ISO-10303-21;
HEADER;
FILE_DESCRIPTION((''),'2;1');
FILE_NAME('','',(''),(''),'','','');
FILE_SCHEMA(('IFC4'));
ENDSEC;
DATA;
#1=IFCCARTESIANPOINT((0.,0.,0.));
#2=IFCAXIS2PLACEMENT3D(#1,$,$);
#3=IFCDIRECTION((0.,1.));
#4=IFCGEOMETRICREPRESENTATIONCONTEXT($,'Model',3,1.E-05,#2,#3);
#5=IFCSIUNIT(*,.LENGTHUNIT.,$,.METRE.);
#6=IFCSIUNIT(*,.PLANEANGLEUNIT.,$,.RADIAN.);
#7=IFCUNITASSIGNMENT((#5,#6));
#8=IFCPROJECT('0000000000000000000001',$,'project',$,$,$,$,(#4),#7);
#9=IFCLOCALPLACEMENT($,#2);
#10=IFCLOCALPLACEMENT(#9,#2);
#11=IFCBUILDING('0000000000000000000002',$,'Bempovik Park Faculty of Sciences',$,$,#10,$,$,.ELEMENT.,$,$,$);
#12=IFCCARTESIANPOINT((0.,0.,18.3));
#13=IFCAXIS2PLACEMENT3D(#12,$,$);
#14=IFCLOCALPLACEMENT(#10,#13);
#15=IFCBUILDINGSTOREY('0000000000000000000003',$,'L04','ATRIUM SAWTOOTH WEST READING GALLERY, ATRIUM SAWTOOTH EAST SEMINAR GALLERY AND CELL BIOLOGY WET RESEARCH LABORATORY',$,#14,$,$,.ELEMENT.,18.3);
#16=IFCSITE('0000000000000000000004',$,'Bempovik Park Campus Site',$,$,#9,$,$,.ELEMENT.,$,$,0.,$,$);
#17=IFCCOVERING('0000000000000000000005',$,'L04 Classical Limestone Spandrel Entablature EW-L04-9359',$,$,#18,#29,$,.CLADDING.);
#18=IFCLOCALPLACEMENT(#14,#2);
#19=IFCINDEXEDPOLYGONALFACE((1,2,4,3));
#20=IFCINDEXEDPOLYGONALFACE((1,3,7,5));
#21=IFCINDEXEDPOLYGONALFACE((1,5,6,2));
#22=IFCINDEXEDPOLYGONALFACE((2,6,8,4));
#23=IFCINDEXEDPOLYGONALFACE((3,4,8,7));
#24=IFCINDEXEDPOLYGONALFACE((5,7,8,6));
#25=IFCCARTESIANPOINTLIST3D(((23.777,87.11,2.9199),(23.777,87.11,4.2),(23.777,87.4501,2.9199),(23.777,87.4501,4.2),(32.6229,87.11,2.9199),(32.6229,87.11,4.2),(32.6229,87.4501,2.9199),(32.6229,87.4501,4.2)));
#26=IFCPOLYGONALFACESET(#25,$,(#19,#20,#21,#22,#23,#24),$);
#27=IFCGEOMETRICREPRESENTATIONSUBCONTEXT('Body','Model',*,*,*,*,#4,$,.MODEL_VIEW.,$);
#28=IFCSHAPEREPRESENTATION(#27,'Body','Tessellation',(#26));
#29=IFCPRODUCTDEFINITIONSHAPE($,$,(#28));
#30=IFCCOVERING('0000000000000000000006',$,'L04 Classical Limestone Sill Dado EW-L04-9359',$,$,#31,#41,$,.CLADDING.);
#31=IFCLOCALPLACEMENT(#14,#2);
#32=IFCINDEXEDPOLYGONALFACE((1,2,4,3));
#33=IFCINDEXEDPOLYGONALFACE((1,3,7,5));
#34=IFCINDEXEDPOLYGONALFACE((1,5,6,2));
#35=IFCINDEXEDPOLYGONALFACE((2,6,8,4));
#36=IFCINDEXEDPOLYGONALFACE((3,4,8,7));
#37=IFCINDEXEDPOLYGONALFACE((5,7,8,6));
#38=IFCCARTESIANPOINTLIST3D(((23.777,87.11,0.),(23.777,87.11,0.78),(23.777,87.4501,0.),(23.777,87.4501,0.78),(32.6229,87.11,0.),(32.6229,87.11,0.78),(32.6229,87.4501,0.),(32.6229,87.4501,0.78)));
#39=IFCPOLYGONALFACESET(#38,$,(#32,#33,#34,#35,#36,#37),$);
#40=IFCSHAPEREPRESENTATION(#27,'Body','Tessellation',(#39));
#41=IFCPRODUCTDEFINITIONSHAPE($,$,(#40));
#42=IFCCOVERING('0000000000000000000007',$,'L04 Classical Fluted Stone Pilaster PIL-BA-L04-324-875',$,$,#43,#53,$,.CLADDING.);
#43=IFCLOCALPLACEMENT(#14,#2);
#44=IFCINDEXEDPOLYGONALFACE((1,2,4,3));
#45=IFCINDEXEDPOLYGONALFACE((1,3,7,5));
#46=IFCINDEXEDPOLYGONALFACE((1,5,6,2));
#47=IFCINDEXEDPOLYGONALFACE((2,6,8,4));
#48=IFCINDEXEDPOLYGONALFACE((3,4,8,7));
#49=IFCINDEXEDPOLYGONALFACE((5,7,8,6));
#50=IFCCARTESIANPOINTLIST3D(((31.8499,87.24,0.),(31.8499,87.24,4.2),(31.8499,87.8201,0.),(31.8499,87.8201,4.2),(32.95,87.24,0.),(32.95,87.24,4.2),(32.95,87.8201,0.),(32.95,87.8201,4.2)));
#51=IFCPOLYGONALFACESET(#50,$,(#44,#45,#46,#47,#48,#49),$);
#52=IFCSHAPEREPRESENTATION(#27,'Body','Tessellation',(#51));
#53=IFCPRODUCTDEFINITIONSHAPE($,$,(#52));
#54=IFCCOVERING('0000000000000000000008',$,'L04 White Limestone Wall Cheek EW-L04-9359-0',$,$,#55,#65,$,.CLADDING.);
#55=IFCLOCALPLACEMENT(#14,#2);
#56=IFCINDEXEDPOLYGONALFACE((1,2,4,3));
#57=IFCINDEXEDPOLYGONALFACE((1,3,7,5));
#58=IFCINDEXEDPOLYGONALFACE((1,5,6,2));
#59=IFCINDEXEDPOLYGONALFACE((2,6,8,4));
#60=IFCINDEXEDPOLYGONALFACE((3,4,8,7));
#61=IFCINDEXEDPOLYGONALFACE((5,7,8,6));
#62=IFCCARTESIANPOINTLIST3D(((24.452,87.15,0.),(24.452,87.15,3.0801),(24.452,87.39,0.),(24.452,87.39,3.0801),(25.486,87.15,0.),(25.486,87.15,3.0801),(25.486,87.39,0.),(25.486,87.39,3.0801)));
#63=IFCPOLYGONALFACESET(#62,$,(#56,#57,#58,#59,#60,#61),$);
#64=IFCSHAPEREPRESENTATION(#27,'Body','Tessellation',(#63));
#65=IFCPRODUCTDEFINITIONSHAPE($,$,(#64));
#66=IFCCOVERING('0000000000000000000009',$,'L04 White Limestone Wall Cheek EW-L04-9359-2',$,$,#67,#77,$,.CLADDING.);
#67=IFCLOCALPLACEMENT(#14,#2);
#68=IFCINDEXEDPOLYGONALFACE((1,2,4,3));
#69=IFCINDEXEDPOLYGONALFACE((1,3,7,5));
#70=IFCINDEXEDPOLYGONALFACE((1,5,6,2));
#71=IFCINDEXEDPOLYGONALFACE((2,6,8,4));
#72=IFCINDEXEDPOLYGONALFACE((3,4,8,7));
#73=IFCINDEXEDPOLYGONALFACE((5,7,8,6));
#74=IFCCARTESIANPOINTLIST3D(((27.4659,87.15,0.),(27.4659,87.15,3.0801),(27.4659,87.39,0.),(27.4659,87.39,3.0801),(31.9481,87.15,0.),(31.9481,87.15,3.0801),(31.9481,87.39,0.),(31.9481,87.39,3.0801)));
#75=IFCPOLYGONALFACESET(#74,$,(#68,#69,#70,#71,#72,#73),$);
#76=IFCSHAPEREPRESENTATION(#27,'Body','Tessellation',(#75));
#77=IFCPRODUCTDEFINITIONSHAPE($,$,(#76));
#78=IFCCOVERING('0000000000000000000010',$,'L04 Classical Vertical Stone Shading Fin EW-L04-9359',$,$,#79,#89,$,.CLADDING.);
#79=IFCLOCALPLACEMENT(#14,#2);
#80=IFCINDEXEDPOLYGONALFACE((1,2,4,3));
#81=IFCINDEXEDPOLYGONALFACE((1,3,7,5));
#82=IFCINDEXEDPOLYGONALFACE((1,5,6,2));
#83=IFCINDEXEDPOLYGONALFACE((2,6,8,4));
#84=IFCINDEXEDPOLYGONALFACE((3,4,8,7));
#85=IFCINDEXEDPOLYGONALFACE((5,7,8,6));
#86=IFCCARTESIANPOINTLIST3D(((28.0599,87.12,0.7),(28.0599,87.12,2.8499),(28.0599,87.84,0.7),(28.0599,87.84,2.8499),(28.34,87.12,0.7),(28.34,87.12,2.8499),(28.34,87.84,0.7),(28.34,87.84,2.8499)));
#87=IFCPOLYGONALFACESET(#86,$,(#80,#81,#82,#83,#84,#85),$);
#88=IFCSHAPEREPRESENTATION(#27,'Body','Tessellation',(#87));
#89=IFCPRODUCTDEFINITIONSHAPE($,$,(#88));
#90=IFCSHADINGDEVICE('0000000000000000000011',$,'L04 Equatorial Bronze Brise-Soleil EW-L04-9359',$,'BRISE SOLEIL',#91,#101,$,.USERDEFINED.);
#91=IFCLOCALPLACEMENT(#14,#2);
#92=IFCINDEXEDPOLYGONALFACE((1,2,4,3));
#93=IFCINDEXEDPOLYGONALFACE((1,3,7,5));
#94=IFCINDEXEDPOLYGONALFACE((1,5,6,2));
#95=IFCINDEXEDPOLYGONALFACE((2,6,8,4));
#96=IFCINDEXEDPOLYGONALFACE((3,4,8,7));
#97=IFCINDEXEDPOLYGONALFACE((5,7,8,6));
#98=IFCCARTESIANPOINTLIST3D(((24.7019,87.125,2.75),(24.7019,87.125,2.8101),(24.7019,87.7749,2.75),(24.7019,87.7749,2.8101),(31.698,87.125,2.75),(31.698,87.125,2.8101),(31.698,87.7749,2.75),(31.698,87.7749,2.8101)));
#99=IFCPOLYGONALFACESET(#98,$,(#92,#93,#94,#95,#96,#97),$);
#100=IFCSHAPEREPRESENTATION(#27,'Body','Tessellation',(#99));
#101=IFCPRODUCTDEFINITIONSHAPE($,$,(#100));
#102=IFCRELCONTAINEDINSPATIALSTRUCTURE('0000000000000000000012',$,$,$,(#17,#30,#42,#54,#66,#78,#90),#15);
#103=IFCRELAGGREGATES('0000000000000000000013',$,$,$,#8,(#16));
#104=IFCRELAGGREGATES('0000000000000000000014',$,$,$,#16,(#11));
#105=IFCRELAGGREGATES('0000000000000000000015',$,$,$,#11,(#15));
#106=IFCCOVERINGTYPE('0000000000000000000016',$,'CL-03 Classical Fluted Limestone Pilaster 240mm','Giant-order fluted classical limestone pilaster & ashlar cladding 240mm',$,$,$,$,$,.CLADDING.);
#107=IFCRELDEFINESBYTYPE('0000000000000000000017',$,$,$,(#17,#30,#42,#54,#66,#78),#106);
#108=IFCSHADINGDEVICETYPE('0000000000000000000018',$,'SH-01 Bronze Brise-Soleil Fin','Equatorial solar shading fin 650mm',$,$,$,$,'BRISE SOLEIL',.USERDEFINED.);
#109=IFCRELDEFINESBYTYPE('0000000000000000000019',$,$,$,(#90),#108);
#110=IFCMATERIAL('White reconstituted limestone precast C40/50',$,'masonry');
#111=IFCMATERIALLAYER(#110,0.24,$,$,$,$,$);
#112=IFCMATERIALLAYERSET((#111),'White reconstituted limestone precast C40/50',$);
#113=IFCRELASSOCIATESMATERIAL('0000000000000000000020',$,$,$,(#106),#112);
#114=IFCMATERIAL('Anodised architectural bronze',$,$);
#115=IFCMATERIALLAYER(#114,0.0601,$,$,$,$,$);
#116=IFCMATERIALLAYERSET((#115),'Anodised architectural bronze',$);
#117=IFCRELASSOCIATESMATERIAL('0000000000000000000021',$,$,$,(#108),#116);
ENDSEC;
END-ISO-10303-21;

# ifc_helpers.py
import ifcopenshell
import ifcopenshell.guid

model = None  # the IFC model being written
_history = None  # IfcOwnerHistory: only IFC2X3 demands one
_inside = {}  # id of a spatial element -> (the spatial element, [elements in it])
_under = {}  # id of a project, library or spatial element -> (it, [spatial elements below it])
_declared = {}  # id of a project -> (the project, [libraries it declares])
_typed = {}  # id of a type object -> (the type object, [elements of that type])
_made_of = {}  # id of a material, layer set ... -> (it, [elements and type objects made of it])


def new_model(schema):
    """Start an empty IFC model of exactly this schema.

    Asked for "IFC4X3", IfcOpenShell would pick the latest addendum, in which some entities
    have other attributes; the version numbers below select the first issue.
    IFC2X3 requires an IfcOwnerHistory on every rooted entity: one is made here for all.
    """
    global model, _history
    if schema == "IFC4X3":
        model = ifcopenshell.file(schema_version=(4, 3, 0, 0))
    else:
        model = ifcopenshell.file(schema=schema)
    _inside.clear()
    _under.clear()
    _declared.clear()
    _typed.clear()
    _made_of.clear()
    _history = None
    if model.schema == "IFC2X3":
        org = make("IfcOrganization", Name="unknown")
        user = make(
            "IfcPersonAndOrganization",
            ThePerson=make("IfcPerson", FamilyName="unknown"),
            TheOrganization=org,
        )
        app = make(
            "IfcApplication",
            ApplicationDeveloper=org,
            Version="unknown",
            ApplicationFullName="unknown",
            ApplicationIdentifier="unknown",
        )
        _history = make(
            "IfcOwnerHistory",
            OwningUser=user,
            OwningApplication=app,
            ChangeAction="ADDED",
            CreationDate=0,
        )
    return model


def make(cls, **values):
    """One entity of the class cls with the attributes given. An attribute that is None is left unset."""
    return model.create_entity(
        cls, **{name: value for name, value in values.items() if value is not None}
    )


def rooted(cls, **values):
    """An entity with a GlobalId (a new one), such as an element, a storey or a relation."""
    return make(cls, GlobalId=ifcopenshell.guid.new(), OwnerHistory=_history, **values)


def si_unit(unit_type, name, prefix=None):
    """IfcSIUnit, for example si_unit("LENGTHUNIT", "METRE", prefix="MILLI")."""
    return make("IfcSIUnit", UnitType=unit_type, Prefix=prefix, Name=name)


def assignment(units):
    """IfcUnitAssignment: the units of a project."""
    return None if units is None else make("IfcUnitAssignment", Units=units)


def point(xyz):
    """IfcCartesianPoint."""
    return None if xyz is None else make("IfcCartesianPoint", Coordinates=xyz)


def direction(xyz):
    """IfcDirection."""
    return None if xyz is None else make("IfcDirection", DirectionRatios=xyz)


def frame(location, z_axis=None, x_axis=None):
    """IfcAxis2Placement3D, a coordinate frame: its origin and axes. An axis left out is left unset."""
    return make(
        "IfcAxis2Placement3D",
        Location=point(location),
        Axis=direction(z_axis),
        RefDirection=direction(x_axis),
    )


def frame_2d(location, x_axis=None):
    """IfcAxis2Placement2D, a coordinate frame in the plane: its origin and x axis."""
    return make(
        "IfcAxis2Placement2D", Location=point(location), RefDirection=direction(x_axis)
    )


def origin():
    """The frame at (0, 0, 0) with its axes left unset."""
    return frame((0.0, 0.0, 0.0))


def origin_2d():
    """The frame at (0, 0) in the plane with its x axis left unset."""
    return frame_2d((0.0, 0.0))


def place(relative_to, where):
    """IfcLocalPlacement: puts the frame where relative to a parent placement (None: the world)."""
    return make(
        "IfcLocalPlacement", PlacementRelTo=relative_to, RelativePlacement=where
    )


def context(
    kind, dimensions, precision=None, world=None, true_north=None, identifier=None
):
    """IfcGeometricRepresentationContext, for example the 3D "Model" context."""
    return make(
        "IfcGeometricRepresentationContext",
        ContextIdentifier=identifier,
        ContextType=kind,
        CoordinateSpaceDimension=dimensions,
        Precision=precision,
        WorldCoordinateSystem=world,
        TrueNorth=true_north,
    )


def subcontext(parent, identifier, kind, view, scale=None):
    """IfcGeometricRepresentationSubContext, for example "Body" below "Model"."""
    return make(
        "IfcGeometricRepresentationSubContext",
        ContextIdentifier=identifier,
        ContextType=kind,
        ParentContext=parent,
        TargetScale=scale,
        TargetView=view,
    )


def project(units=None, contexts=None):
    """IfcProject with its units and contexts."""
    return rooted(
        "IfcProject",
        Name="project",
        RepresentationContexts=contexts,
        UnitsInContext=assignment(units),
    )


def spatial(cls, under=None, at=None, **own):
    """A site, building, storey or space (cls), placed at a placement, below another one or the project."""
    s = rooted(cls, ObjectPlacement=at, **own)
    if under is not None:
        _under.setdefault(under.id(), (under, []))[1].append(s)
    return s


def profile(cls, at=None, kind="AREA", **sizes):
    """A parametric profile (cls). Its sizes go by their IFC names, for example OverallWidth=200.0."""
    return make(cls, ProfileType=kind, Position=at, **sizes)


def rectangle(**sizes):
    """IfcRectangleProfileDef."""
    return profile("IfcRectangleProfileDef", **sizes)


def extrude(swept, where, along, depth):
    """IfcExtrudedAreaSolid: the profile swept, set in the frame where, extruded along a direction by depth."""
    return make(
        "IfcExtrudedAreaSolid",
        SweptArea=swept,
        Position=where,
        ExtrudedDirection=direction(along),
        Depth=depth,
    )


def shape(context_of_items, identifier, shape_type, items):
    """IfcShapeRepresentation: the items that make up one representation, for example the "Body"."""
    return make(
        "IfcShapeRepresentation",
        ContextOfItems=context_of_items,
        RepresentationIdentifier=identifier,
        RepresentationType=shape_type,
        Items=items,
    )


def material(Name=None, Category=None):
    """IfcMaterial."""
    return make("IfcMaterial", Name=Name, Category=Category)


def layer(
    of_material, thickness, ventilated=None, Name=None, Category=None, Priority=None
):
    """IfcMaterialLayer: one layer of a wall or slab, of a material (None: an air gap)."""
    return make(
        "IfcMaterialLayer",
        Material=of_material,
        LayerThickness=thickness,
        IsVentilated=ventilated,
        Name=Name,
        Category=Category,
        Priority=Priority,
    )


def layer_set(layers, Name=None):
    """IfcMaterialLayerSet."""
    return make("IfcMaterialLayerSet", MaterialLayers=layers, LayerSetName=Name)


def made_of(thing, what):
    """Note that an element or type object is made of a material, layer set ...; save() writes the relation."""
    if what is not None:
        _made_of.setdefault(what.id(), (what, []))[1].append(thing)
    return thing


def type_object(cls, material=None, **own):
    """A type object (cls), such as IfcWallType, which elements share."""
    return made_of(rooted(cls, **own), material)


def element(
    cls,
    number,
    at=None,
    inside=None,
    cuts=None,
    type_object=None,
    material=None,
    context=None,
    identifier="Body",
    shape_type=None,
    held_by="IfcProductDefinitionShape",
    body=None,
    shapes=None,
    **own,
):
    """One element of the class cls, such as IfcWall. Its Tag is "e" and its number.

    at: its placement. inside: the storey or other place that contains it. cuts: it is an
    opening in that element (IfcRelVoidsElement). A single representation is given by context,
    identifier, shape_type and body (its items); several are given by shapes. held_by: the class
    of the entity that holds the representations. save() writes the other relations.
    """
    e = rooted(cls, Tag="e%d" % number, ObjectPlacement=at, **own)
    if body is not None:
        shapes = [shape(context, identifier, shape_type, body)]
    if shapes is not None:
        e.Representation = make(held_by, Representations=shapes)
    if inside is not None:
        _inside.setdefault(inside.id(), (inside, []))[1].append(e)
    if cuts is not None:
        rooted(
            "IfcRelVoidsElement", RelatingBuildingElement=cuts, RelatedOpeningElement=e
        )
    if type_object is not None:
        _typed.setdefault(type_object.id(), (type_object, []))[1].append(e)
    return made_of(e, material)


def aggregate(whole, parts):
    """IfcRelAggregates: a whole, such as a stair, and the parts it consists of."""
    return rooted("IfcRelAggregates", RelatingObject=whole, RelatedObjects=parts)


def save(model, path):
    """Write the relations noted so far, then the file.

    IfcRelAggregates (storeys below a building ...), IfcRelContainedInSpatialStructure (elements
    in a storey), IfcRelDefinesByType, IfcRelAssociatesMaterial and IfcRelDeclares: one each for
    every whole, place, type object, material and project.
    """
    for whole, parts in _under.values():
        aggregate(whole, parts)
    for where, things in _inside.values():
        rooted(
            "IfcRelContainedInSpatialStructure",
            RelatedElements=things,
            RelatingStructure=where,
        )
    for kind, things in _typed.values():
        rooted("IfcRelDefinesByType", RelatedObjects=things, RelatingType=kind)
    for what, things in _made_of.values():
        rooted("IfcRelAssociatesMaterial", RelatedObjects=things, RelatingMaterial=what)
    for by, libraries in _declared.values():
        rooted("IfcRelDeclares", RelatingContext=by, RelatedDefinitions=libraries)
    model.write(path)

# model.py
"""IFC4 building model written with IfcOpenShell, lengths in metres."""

from ifc_helpers import new_model, si_unit, direction, frame, origin, origin_2d, place, context, subcontext, project, spatial, rectangle, extrude, material, layer, layer_set, type_object, element, save


model = new_model("IFC4")

# Units and contexts
model_context = context("Model", 3, precision=1e-05, world=origin(), true_north=direction((0.0, 1.0)))
body_context = subcontext(model_context, "Body", "Model", "MODEL_VIEW")
ifc_project = project(units=[si_unit("LENGTHUNIT", "METRE"), si_unit("PLANEANGLEUNIT", "RADIAN")], contexts=[model_context])

# Site, building, storey
site_placement = place(None, origin())
site = spatial("IfcSite", under=ifc_project, at=site_placement, Name="Bempovik Park Campus Site", CompositionType="ELEMENT", RefElevation=0.0)
building_placement = place(site_placement, origin())
building = spatial("IfcBuilding", under=site, at=building_placement, Name="Bempovik Park Faculty of Sciences", CompositionType="ELEMENT")
storey_placement = place(building_placement, frame((0.0, 0.0, 18.3)))
storey = spatial("IfcBuildingStorey", under=building, at=storey_placement, Name="L04", Description="ATRIUM SAWTOOTH WEST READING GALLERY, ATRIUM SAWTOOTH EAST SEMINAR GALLERY AND CELL BIOLOGY WET RESEARCH LABORATORY", CompositionType="ELEMENT", Elevation=18.3)

# Coverings
ifc_material_1 = material(Name="White reconstituted limestone precast C40/50", Category="masonry")
ifc_layer_1 = layer(ifc_material_1, 0.24)
ifc_layer_set_1 = layer_set([ifc_layer_1], Name="White reconstituted limestone precast C40/50")
covering_type_1 = type_object("IfcCoveringType", Name="CL-03 Classical Fluted Limestone Pilaster 240mm", Description="Giant-order fluted classical limestone pilaster & ashlar cladding 240mm", PredefinedType="CLADDING", material=ifc_layer_set_1)
covering_1_placement = place(storey_placement, frame((28.2, 87.28, 2.9199), z_axis=(0.0, 0.0, 1.0), x_axis=(1.0, 0.0, 0.0)))
element("IfcCovering", 1, at=covering_1_placement, inside=storey, type_object=covering_type_1, Name="L04 Classical Limestone Spandrel Entablature EW-L04-9359", PredefinedType="CLADDING", context=body_context, shape_type="SweptSolid", body=[
    extrude(rectangle(XDim=8.8459, YDim=0.3401, at=origin_2d()), origin(), (0.0, 0.0, 1.0), 1.28),
])
covering_2_placement = place(storey_placement, frame((28.2, 87.28, 0.0), z_axis=(0.0, 0.0, 1.0), x_axis=(1.0, 0.0, 0.0)))
element("IfcCovering", 2, at=covering_2_placement, inside=storey, type_object=covering_type_1, Name="L04 Classical Limestone Sill Dado EW-L04-9359", PredefinedType="CLADDING", context=body_context, shape_type="SweptSolid", body=[
    extrude(rectangle(XDim=8.8459, YDim=0.3401, at=origin_2d()), origin(), (0.0, 0.0, 1.0), 0.78),
])
covering_3_placement = place(storey_placement, frame((32.3999, 87.53, 0.0), z_axis=(0.0, 0.0, 1.0), x_axis=(1.0, 0.0, 0.0)))
element("IfcCovering", 3, at=covering_3_placement, inside=storey, type_object=covering_type_1, Name="L04 Classical Fluted Stone Pilaster PIL-BA-L04-324-875", PredefinedType="CLADDING", context=body_context, shape_type="SweptSolid", body=[
    extrude(rectangle(XDim=1.1001, YDim=0.5801, at=origin_2d()), origin(), (0.0, 0.0, 1.0), 4.2),
])
covering_4_placement = place(storey_placement, frame((24.969, 87.27, 0.0), z_axis=(0.0, 0.0, 1.0), x_axis=(1.0, 0.0, 0.0)))
element("IfcCovering", 4, at=covering_4_placement, inside=storey, type_object=covering_type_1, Name="L04 White Limestone Wall Cheek EW-L04-9359-0", PredefinedType="CLADDING", context=body_context, shape_type="SweptSolid", body=[
    extrude(rectangle(XDim=1.0339, YDim=0.24, at=origin_2d()), origin(), (0.0, 0.0, 1.0), 3.0801),
])
covering_5_placement = place(storey_placement, frame((29.707, 87.27, 0.0), z_axis=(0.0, 0.0, 1.0), x_axis=(1.0, 0.0, 0.0)))
element("IfcCovering", 5, at=covering_5_placement, inside=storey, type_object=covering_type_1, Name="L04 White Limestone Wall Cheek EW-L04-9359-2", PredefinedType="CLADDING", context=body_context, shape_type="SweptSolid", body=[
    extrude(rectangle(XDim=4.4822, YDim=0.24, at=origin_2d()), origin(), (0.0, 0.0, 1.0), 3.0801),
])
covering_6_placement = place(storey_placement, frame((28.2, 87.48, 0.7), z_axis=(0.0, 0.0, 1.0), x_axis=(1.0, 0.0, 0.0)))
element("IfcCovering", 6, at=covering_6_placement, inside=storey, type_object=covering_type_1, Name="L04 Classical Vertical Stone Shading Fin EW-L04-9359", PredefinedType="CLADDING", context=body_context, shape_type="SweptSolid", body=[
    extrude(rectangle(XDim=0.28, YDim=0.72, at=origin_2d()), origin(), (0.0, 0.0, 1.0), 2.1499),
])

# Shading device
ifc_material_2 = material(Name="Anodised architectural bronze")
ifc_layer_2 = layer(ifc_material_2, 0.0601)
ifc_layer_set_2 = layer_set([ifc_layer_2], Name="Anodised architectural bronze")
shading_device_type = type_object("IfcShadingDeviceType", Name="SH-01 Bronze Brise-Soleil Fin", Description="Equatorial solar shading fin 650mm", ElementType="BRISE SOLEIL", PredefinedType="USERDEFINED", material=ifc_layer_set_2)
shading_device_placement = place(storey_placement, frame((28.2, 87.45, 2.75), z_axis=(0.0, 0.0, 1.0), x_axis=(1.0, 0.0, 0.0)))
element("IfcShadingDevice", 7, at=shading_device_placement, inside=storey, type_object=shading_device_type, Name="L04 Equatorial Bronze Brise-Soleil EW-L04-9359", ObjectType="BRISE SOLEIL", PredefinedType="USERDEFINED", context=body_context, shape_type="SweptSolid", body=[
    extrude(rectangle(XDim=6.9961, YDim=0.6499, at=origin_2d()), origin(), (0.0, 0.0, 1.0), 0.0601),
])

save(model, "model.ifc")
